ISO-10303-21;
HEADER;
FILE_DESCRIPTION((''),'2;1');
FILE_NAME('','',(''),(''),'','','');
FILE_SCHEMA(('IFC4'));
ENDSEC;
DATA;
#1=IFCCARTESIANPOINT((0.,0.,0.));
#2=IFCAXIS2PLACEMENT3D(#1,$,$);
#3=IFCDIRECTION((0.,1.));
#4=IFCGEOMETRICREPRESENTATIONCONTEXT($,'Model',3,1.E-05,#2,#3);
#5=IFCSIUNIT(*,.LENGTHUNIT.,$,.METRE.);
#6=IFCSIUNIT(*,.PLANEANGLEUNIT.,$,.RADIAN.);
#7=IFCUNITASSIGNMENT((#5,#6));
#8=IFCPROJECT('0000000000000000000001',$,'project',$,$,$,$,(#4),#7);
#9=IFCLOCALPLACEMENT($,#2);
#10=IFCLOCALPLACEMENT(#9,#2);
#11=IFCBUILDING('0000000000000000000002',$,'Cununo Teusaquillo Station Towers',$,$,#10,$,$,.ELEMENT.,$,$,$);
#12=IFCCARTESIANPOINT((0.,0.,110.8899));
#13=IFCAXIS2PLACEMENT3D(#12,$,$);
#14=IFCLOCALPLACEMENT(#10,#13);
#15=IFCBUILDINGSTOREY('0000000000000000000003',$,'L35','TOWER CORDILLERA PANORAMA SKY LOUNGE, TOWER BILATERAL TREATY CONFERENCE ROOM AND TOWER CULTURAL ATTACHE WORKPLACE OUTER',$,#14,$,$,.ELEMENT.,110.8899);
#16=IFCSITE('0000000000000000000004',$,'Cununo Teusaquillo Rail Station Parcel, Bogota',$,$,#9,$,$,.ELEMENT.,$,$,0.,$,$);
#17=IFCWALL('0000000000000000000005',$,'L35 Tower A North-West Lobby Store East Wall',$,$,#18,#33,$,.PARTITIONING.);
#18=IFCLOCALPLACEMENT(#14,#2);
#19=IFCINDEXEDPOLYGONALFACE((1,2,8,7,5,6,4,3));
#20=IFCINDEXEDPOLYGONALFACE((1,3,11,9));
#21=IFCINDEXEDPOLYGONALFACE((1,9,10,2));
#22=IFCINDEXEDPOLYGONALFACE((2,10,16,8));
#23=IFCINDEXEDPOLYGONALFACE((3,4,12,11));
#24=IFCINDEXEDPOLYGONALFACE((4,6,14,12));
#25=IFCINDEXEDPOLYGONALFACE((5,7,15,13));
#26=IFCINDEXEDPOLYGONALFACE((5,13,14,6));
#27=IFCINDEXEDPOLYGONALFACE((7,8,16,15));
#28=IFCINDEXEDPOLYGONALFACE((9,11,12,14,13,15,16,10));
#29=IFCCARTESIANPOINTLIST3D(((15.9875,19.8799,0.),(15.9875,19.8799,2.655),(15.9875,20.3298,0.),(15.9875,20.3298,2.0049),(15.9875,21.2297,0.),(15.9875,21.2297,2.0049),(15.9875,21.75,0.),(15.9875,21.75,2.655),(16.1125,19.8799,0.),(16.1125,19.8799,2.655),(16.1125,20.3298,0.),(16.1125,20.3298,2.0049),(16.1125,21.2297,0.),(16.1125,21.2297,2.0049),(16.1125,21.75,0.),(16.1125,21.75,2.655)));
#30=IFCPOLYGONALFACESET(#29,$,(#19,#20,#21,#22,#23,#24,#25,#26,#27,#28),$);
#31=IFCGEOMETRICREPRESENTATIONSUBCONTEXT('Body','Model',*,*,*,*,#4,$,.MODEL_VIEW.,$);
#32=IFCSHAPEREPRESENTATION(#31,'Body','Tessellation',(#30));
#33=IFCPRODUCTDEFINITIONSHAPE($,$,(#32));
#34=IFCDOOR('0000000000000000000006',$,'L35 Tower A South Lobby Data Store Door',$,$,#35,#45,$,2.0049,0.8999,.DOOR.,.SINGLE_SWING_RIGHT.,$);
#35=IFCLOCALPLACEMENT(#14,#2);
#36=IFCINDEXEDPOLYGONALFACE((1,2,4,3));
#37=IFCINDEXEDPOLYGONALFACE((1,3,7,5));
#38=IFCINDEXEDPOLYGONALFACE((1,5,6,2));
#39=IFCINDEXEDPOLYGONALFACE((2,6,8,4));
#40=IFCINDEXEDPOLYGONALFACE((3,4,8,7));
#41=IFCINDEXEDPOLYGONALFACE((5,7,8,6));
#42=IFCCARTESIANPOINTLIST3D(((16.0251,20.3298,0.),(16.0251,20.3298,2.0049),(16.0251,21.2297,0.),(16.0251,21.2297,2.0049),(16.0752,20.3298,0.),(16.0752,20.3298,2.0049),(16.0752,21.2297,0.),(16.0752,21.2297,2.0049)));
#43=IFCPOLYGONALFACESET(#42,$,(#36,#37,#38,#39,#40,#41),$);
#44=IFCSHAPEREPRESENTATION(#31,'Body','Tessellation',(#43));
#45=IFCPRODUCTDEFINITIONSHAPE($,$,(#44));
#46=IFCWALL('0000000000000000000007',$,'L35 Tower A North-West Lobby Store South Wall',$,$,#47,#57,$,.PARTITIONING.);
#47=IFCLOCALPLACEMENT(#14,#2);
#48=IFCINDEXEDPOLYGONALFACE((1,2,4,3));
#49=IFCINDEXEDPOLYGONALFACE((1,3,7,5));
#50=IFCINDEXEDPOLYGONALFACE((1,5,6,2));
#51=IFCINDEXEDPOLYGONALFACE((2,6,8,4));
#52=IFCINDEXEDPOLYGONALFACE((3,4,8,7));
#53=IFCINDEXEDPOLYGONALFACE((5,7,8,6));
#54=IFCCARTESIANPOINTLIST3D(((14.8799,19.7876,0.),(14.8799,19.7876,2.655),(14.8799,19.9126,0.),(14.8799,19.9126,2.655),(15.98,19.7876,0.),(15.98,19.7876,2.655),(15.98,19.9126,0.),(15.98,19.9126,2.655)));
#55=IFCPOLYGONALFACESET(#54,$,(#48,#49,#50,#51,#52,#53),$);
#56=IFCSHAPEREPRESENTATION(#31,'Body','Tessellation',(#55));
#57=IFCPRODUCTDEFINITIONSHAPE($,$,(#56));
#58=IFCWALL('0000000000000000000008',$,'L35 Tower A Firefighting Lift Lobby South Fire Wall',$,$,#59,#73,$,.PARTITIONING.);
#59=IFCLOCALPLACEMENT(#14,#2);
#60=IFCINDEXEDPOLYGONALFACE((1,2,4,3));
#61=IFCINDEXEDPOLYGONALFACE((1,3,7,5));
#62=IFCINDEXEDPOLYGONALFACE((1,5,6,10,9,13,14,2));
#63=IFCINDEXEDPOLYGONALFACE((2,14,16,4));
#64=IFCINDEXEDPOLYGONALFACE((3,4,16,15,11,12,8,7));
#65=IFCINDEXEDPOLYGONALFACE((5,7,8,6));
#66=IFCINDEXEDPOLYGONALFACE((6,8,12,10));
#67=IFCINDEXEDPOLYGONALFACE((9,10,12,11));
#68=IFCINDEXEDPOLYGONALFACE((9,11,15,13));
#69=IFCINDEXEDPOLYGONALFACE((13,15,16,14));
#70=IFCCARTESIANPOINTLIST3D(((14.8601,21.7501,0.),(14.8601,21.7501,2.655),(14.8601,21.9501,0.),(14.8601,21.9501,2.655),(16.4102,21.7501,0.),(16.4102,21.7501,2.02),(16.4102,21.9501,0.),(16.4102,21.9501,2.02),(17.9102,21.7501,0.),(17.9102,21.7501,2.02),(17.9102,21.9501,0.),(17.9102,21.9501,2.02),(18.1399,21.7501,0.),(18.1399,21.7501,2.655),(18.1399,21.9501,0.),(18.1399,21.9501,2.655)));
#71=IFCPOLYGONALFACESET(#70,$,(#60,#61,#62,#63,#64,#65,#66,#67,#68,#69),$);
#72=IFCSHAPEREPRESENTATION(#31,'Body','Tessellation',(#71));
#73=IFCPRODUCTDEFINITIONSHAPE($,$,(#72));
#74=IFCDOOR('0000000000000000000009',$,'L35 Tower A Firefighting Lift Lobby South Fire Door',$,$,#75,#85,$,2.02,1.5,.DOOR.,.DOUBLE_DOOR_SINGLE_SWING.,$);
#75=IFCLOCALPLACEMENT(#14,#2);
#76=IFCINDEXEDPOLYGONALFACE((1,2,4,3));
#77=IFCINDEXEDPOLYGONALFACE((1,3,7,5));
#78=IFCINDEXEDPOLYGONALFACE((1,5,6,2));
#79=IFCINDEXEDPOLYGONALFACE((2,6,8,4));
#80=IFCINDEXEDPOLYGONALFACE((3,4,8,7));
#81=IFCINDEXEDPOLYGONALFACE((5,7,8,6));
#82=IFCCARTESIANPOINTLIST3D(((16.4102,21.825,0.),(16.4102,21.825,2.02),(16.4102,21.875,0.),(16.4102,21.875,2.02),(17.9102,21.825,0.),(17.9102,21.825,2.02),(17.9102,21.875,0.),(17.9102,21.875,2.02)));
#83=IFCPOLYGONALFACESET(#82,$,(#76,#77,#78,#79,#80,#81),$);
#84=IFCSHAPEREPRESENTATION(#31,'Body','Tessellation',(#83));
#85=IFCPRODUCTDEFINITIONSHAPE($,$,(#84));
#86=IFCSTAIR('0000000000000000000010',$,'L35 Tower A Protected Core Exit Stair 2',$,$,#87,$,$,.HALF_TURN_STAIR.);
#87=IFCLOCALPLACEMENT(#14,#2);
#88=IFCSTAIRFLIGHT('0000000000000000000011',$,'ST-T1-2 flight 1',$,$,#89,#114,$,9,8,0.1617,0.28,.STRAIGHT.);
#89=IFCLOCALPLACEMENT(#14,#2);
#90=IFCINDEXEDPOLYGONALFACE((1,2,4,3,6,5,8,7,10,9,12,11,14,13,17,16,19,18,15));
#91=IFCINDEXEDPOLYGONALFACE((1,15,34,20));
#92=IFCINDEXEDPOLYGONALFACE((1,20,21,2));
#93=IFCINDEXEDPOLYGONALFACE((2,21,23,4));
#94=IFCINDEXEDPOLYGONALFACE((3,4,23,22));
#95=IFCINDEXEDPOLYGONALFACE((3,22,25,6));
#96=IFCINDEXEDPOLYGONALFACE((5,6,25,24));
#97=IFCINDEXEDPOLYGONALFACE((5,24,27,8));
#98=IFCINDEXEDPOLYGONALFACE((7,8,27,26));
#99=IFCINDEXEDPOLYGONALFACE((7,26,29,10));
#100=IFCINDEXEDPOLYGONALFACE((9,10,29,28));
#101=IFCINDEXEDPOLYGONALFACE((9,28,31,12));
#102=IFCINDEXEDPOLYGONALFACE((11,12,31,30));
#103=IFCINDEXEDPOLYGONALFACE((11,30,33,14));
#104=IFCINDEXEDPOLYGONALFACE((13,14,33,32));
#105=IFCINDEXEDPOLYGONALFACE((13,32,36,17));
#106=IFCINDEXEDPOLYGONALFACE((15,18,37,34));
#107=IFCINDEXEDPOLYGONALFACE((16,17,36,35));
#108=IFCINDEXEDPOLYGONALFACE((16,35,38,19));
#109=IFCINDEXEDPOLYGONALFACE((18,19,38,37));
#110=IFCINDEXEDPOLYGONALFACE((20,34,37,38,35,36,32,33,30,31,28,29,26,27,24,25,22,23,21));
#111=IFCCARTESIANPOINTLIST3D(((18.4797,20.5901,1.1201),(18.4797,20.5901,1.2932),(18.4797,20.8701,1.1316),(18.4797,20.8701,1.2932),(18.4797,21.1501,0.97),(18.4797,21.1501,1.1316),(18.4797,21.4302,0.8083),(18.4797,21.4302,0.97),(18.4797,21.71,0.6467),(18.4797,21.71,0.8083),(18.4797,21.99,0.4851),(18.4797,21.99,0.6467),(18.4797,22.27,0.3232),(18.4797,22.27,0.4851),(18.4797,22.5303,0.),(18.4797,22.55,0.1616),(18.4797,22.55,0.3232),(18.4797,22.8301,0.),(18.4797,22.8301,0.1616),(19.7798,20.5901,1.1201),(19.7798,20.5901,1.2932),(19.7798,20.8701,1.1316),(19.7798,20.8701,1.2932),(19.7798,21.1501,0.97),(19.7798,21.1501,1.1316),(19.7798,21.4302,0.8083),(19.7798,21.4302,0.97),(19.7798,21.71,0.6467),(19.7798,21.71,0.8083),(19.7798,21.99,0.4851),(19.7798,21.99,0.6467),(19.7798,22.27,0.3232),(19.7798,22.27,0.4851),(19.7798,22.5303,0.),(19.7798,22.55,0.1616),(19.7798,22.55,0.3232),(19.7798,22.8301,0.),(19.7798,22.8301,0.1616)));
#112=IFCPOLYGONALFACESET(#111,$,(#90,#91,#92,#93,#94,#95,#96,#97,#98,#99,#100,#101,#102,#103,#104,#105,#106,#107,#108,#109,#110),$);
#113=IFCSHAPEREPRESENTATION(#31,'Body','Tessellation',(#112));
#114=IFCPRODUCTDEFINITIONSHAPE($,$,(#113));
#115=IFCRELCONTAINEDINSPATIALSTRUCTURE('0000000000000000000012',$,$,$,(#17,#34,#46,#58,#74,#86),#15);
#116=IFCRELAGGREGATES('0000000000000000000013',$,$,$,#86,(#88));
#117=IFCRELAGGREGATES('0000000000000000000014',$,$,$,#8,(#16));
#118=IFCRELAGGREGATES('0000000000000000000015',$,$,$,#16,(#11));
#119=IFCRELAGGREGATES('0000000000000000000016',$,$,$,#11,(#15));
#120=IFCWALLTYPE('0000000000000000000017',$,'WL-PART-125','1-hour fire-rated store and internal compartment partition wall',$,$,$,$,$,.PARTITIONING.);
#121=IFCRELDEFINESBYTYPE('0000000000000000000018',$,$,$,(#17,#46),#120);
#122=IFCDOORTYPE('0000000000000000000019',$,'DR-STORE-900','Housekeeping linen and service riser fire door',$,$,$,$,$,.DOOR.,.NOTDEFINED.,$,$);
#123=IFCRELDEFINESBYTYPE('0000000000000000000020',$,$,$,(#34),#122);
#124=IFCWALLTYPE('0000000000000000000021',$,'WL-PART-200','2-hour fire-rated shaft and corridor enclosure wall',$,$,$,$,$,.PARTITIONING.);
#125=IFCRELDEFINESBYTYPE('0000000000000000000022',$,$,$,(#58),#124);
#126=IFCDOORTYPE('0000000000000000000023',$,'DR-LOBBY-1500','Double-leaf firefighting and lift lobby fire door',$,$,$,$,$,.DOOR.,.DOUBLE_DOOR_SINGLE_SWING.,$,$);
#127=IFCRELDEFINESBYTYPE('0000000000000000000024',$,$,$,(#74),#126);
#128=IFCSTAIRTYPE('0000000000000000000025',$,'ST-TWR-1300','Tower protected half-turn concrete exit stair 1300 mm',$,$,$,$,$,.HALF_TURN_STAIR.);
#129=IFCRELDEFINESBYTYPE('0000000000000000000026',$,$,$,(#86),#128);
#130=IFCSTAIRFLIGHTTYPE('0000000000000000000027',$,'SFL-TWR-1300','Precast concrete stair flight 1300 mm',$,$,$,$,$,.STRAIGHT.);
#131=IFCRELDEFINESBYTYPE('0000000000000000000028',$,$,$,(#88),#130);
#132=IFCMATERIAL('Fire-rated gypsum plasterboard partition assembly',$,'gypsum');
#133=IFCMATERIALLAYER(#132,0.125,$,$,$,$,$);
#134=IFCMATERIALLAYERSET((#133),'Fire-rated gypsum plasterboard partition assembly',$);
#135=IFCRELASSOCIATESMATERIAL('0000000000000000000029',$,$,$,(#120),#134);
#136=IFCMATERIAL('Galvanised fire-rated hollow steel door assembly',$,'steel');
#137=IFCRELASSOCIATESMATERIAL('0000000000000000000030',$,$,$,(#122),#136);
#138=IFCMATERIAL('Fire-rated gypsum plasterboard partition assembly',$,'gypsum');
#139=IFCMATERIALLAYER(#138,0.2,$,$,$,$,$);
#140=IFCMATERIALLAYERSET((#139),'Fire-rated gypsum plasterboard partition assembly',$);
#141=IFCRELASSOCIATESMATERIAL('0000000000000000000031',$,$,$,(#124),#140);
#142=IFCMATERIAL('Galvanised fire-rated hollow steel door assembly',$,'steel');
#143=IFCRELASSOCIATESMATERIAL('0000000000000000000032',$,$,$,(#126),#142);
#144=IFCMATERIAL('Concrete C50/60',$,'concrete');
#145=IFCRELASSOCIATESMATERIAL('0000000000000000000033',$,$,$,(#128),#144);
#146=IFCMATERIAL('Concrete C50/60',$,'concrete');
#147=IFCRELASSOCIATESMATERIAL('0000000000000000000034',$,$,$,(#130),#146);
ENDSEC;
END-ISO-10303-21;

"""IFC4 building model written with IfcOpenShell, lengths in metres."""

from ifc_helpers import new_model, si_unit, direction, frame, frame_2d, origin, place, context, subcontext, project, spatial, polyline, rectangle, outline, extrude, source, transform, mapped, material, layer, layer_set, type_object, element, fill, aggregate, save


model = new_model("IFC4")

# Units and contexts
model_context = context("Model", 3, precision=1e-05, world=origin(), true_north=direction((0.0, 1.0)))
body_context = subcontext(model_context, "Body", "Model", "MODEL_VIEW")
ifc_project = project(units=[si_unit("LENGTHUNIT", "METRE"), si_unit("PLANEANGLEUNIT", "RADIAN")], contexts=[model_context])

# Site, building, storey
site_placement = place(None, origin())
site = spatial("IfcSite", under=ifc_project, at=site_placement, Name="Cununo Teusaquillo Rail Station Parcel, Bogota", CompositionType="ELEMENT", RefElevation=0.0)
building_placement = place(site_placement, origin())
building = spatial("IfcBuilding", under=site, at=building_placement, Name="Cununo Teusaquillo Station Towers", CompositionType="ELEMENT")
storey_placement = place(building_placement, frame((0.0, 0.0, 110.8899)))
storey = spatial("IfcBuildingStorey", under=building, at=storey_placement, Name="L35", Description="TOWER CORDILLERA PANORAMA SKY LOUNGE, TOWER BILATERAL TREATY CONFERENCE ROOM AND TOWER CULTURAL ATTACHE WORKPLACE OUTER", CompositionType="ELEMENT", Elevation=110.8899)

# Wall, opening, door
ifc_material_1 = material(Name="Fire-rated gypsum plasterboard partition assembly", Category="gypsum")
ifc_layer_1 = layer(ifc_material_1, 0.125)
ifc_layer_set_1 = layer_set([ifc_layer_1], Name="Fire-rated gypsum plasterboard partition assembly")
wall_type_1 = type_object("IfcWallType", Name="WL-PART-125", Description="1-hour fire-rated store and internal compartment partition wall", PredefinedType="PARTITIONING", material=ifc_layer_set_1)
wall_1_placement = place(storey_placement, frame((16.05, 19.8799, 0.0), z_axis=(0.0, 0.0, 1.0), x_axis=(0.0, 1.0, 0.0)))
wall_1 = element("IfcWall", 1, at=wall_1_placement, inside=storey, type_object=wall_type_1, Name="L35 Tower A North-West Lobby Store East Wall", PredefinedType="PARTITIONING", context=body_context, shape_type="SweptSolid", body=[
    extrude(rectangle(XDim=1.8701, YDim=0.125, at=frame_2d((0.9351, 0.0))), origin(), (0.0, 0.0, 1.0), 2.655),
])
shared_shape_1 = source(origin(), body_context, "Body", "SweptSolid", [
    extrude(rectangle(XDim=0.8999, YDim=2.0049, at=frame_2d((0.45, 1.0024))), frame((0.0, 0.0725, 0.0), z_axis=(0.0, -1.0, 0.0), x_axis=(1.0, 0.0, 0.0)), (0.0, 0.0, 1.0), 0.145),
])
opening_1_placement = place(wall_1_placement, frame((0.45, 0.0, 0.0)))
opening_1 = element("IfcOpeningElement", 2, at=opening_1_placement, cuts=wall_1, PredefinedType="OPENING", context=body_context, shape_type="MappedRepresentation", body=[
    mapped(shared_shape_1, transform((0.0, 0.0, 0.0), x_axis=(1.0, 0.0, 0.0), y_axis=(0.0, 1.0, 0.0), z_axis=(0.0, 0.0, 1.0), scale=1.0)),
])
ifc_material_2 = material(Name="Galvanised fire-rated hollow steel door assembly", Category="steel")
door_type_1 = type_object("IfcDoorType", Name="DR-STORE-900", Description="Housekeeping linen and service riser fire door", OperationType="NOTDEFINED", PredefinedType="DOOR", material=ifc_material_2)
shared_shape_2 = source(origin(), body_context, "Body", "SweptSolid", [
    extrude(rectangle(XDim=0.8999, YDim=2.0049, at=frame_2d((0.45, 1.0024))), frame((0.0, 0.0249, 0.0), z_axis=(0.0, -1.0, 0.0), x_axis=(1.0, 0.0, 0.0)), (0.0, 0.0, 1.0), 0.05),
])
door_1_placement = place(opening_1_placement, origin())
door_1 = element("IfcDoor", 3, at=door_1_placement, inside=storey, type_object=door_type_1, Name="L35 Tower A South Lobby Data Store Door", OperationType="SINGLE_SWING_RIGHT", OverallHeight=2.0049, OverallWidth=0.8999, PredefinedType="DOOR", context=body_context, shape_type="MappedRepresentation", body=[
    mapped(shared_shape_2, transform((0.0, 0.0, 0.0), x_axis=(1.0, 0.0, 0.0), y_axis=(0.0, 1.0, 0.0), z_axis=(0.0, 0.0, 1.0), scale=1.0)),
])
fill(opening_1, door_1)

# Wall
wall_2_placement = place(storey_placement, frame((14.8799, 19.8501, 0.0), z_axis=(0.0, 0.0, 1.0), x_axis=(1.0, 0.0, 0.0)))
element("IfcWall", 4, at=wall_2_placement, inside=storey, type_object=wall_type_1, Name="L35 Tower A North-West Lobby Store South Wall", PredefinedType="PARTITIONING", context=body_context, shape_type="SweptSolid", body=[
    extrude(rectangle(XDim=1.1001, YDim=0.125, at=frame_2d((0.55, 0.0))), origin(), (0.0, 0.0, 1.0), 2.655),
])

# Wall, opening, door
ifc_material_3 = material(Name="Fire-rated gypsum plasterboard partition assembly", Category="gypsum")
ifc_layer_2 = layer(ifc_material_3, 0.2)
ifc_layer_set_2 = layer_set([ifc_layer_2], Name="Fire-rated gypsum plasterboard partition assembly")
wall_type_2 = type_object("IfcWallType", Name="WL-PART-200", Description="2-hour fire-rated shaft and corridor enclosure wall", PredefinedType="PARTITIONING", material=ifc_layer_set_2)
wall_3_placement = place(storey_placement, frame((14.8601, 21.8501, 0.0), z_axis=(0.0, 0.0, 1.0), x_axis=(1.0, 0.0, 0.0)))
wall_3 = element("IfcWall", 5, at=wall_3_placement, inside=storey, type_object=wall_type_2, Name="L35 Tower A Firefighting Lift Lobby South Fire Wall", PredefinedType="PARTITIONING", context=body_context, shape_type="SweptSolid", body=[
    extrude(rectangle(XDim=3.2798, YDim=0.2, at=frame_2d((1.6399, 0.0))), origin(), (0.0, 0.0, 1.0), 2.655),
])
shared_shape_3 = source(origin(), body_context, "Body", "SweptSolid", [
    extrude(rectangle(XDim=1.5, YDim=2.02, at=frame_2d((0.75, 1.01))), frame((0.0, 0.1099, 0.0), z_axis=(0.0, -1.0, 0.0), x_axis=(1.0, 0.0, 0.0)), (0.0, 0.0, 1.0), 0.22),
])
opening_2_placement = place(wall_3_placement, frame((1.55, 0.0, 0.0)))
opening_2 = element("IfcOpeningElement", 6, at=opening_2_placement, cuts=wall_3, PredefinedType="OPENING", context=body_context, shape_type="MappedRepresentation", body=[
    mapped(shared_shape_3, transform((0.0, 0.0, 0.0), x_axis=(1.0, 0.0, 0.0), y_axis=(0.0, 1.0, 0.0), z_axis=(0.0, 0.0, 1.0), scale=1.0)),
])
ifc_material_4 = material(Name="Galvanised fire-rated hollow steel door assembly", Category="steel")
door_type_2 = type_object("IfcDoorType", Name="DR-LOBBY-1500", Description="Double-leaf firefighting and lift lobby fire door", OperationType="DOUBLE_DOOR_SINGLE_SWING", PredefinedType="DOOR", material=ifc_material_4)
shared_shape_4 = source(origin(), body_context, "Body", "SweptSolid", [
    extrude(rectangle(XDim=1.5, YDim=2.02, at=frame_2d((0.75, 1.01))), frame((0.0, 0.0249, 0.0), z_axis=(0.0, -1.0, 0.0), x_axis=(1.0, 0.0, 0.0)), (0.0, 0.0, 1.0), 0.05),
])
door_2_placement = place(opening_2_placement, origin())
door_2 = element("IfcDoor", 7, at=door_2_placement, inside=storey, type_object=door_type_2, Name="L35 Tower A Firefighting Lift Lobby South Fire Door", OperationType="DOUBLE_DOOR_SINGLE_SWING", OverallHeight=2.02, OverallWidth=1.5, PredefinedType="DOOR", context=body_context, shape_type="MappedRepresentation", body=[
    mapped(shared_shape_4, transform((0.0, 0.0, 0.0), x_axis=(1.0, 0.0, 0.0), y_axis=(0.0, 1.0, 0.0), z_axis=(0.0, 0.0, 1.0), scale=1.0)),
])
fill(opening_2, door_2)

# Stair, stair flight
ifc_material_5 = material(Name="Concrete C50/60", Category="concrete")
stair_type = type_object("IfcStairType", Name="ST-TWR-1300", Description="Tower protected half-turn concrete exit stair 1300 mm", PredefinedType="HALF_TURN_STAIR", material=ifc_material_5)
stair_placement = place(storey_placement, origin())
stair = element("IfcStair", 8, at=stair_placement, inside=storey, type_object=stair_type, Name="L35 Tower A Protected Core Exit Stair 2", PredefinedType="HALF_TURN_STAIR")
ifc_material_6 = material(Name="Concrete C50/60", Category="concrete")
stair_flight_type = type_object("IfcStairFlightType", Name="SFL-TWR-1300", Description="Precast concrete stair flight 1300 mm", PredefinedType="STRAIGHT", material=ifc_material_6)
stair_flight_placement = place(storey_placement, frame((19.1299, 22.8301, 0.0), z_axis=(0.0, 0.0, 1.0), x_axis=(0.0, -1.0, 0.0)))
stair_flight = element("IfcStairFlight", 9, at=stair_flight_placement, type_object=stair_flight_type, Name="ST-T1-2 flight 1", NumberOfRisers=9, NumberOfTreads=8, PredefinedType="STRAIGHT", RiserHeight=0.1617, TreadLength=0.28, context=body_context, shape_type="SweptSolid", body=[
    extrude(outline(polyline([(0.0, 0.0), (0.0, 0.1616), (0.28, 0.1616), (0.28, 0.3232), (0.5601, 0.3232), (0.5601, 0.4851), (0.8401, 0.4851), (0.8401, 0.6467), (1.1201, 0.6467), (1.1201, 0.8083), (1.3999, 0.8083), (1.3999, 0.97), (1.6799, 0.97), (1.6799, 1.1316), (1.96, 1.1316), (1.96, 1.2932), (2.24, 1.2932), (2.24, 1.4551), (2.24, 1.1201), (0.2998, 0.0), (0.0, 0.0)])), frame((0.0, 0.6499, 0.0), z_axis=(0.0, -1.0, 0.0), x_axis=(1.0, 0.0, 0.0)), (0.0, 0.0, 1.0), 1.3),
])
aggregate(stair, [stair_flight])

save(model, "model.ifc")
